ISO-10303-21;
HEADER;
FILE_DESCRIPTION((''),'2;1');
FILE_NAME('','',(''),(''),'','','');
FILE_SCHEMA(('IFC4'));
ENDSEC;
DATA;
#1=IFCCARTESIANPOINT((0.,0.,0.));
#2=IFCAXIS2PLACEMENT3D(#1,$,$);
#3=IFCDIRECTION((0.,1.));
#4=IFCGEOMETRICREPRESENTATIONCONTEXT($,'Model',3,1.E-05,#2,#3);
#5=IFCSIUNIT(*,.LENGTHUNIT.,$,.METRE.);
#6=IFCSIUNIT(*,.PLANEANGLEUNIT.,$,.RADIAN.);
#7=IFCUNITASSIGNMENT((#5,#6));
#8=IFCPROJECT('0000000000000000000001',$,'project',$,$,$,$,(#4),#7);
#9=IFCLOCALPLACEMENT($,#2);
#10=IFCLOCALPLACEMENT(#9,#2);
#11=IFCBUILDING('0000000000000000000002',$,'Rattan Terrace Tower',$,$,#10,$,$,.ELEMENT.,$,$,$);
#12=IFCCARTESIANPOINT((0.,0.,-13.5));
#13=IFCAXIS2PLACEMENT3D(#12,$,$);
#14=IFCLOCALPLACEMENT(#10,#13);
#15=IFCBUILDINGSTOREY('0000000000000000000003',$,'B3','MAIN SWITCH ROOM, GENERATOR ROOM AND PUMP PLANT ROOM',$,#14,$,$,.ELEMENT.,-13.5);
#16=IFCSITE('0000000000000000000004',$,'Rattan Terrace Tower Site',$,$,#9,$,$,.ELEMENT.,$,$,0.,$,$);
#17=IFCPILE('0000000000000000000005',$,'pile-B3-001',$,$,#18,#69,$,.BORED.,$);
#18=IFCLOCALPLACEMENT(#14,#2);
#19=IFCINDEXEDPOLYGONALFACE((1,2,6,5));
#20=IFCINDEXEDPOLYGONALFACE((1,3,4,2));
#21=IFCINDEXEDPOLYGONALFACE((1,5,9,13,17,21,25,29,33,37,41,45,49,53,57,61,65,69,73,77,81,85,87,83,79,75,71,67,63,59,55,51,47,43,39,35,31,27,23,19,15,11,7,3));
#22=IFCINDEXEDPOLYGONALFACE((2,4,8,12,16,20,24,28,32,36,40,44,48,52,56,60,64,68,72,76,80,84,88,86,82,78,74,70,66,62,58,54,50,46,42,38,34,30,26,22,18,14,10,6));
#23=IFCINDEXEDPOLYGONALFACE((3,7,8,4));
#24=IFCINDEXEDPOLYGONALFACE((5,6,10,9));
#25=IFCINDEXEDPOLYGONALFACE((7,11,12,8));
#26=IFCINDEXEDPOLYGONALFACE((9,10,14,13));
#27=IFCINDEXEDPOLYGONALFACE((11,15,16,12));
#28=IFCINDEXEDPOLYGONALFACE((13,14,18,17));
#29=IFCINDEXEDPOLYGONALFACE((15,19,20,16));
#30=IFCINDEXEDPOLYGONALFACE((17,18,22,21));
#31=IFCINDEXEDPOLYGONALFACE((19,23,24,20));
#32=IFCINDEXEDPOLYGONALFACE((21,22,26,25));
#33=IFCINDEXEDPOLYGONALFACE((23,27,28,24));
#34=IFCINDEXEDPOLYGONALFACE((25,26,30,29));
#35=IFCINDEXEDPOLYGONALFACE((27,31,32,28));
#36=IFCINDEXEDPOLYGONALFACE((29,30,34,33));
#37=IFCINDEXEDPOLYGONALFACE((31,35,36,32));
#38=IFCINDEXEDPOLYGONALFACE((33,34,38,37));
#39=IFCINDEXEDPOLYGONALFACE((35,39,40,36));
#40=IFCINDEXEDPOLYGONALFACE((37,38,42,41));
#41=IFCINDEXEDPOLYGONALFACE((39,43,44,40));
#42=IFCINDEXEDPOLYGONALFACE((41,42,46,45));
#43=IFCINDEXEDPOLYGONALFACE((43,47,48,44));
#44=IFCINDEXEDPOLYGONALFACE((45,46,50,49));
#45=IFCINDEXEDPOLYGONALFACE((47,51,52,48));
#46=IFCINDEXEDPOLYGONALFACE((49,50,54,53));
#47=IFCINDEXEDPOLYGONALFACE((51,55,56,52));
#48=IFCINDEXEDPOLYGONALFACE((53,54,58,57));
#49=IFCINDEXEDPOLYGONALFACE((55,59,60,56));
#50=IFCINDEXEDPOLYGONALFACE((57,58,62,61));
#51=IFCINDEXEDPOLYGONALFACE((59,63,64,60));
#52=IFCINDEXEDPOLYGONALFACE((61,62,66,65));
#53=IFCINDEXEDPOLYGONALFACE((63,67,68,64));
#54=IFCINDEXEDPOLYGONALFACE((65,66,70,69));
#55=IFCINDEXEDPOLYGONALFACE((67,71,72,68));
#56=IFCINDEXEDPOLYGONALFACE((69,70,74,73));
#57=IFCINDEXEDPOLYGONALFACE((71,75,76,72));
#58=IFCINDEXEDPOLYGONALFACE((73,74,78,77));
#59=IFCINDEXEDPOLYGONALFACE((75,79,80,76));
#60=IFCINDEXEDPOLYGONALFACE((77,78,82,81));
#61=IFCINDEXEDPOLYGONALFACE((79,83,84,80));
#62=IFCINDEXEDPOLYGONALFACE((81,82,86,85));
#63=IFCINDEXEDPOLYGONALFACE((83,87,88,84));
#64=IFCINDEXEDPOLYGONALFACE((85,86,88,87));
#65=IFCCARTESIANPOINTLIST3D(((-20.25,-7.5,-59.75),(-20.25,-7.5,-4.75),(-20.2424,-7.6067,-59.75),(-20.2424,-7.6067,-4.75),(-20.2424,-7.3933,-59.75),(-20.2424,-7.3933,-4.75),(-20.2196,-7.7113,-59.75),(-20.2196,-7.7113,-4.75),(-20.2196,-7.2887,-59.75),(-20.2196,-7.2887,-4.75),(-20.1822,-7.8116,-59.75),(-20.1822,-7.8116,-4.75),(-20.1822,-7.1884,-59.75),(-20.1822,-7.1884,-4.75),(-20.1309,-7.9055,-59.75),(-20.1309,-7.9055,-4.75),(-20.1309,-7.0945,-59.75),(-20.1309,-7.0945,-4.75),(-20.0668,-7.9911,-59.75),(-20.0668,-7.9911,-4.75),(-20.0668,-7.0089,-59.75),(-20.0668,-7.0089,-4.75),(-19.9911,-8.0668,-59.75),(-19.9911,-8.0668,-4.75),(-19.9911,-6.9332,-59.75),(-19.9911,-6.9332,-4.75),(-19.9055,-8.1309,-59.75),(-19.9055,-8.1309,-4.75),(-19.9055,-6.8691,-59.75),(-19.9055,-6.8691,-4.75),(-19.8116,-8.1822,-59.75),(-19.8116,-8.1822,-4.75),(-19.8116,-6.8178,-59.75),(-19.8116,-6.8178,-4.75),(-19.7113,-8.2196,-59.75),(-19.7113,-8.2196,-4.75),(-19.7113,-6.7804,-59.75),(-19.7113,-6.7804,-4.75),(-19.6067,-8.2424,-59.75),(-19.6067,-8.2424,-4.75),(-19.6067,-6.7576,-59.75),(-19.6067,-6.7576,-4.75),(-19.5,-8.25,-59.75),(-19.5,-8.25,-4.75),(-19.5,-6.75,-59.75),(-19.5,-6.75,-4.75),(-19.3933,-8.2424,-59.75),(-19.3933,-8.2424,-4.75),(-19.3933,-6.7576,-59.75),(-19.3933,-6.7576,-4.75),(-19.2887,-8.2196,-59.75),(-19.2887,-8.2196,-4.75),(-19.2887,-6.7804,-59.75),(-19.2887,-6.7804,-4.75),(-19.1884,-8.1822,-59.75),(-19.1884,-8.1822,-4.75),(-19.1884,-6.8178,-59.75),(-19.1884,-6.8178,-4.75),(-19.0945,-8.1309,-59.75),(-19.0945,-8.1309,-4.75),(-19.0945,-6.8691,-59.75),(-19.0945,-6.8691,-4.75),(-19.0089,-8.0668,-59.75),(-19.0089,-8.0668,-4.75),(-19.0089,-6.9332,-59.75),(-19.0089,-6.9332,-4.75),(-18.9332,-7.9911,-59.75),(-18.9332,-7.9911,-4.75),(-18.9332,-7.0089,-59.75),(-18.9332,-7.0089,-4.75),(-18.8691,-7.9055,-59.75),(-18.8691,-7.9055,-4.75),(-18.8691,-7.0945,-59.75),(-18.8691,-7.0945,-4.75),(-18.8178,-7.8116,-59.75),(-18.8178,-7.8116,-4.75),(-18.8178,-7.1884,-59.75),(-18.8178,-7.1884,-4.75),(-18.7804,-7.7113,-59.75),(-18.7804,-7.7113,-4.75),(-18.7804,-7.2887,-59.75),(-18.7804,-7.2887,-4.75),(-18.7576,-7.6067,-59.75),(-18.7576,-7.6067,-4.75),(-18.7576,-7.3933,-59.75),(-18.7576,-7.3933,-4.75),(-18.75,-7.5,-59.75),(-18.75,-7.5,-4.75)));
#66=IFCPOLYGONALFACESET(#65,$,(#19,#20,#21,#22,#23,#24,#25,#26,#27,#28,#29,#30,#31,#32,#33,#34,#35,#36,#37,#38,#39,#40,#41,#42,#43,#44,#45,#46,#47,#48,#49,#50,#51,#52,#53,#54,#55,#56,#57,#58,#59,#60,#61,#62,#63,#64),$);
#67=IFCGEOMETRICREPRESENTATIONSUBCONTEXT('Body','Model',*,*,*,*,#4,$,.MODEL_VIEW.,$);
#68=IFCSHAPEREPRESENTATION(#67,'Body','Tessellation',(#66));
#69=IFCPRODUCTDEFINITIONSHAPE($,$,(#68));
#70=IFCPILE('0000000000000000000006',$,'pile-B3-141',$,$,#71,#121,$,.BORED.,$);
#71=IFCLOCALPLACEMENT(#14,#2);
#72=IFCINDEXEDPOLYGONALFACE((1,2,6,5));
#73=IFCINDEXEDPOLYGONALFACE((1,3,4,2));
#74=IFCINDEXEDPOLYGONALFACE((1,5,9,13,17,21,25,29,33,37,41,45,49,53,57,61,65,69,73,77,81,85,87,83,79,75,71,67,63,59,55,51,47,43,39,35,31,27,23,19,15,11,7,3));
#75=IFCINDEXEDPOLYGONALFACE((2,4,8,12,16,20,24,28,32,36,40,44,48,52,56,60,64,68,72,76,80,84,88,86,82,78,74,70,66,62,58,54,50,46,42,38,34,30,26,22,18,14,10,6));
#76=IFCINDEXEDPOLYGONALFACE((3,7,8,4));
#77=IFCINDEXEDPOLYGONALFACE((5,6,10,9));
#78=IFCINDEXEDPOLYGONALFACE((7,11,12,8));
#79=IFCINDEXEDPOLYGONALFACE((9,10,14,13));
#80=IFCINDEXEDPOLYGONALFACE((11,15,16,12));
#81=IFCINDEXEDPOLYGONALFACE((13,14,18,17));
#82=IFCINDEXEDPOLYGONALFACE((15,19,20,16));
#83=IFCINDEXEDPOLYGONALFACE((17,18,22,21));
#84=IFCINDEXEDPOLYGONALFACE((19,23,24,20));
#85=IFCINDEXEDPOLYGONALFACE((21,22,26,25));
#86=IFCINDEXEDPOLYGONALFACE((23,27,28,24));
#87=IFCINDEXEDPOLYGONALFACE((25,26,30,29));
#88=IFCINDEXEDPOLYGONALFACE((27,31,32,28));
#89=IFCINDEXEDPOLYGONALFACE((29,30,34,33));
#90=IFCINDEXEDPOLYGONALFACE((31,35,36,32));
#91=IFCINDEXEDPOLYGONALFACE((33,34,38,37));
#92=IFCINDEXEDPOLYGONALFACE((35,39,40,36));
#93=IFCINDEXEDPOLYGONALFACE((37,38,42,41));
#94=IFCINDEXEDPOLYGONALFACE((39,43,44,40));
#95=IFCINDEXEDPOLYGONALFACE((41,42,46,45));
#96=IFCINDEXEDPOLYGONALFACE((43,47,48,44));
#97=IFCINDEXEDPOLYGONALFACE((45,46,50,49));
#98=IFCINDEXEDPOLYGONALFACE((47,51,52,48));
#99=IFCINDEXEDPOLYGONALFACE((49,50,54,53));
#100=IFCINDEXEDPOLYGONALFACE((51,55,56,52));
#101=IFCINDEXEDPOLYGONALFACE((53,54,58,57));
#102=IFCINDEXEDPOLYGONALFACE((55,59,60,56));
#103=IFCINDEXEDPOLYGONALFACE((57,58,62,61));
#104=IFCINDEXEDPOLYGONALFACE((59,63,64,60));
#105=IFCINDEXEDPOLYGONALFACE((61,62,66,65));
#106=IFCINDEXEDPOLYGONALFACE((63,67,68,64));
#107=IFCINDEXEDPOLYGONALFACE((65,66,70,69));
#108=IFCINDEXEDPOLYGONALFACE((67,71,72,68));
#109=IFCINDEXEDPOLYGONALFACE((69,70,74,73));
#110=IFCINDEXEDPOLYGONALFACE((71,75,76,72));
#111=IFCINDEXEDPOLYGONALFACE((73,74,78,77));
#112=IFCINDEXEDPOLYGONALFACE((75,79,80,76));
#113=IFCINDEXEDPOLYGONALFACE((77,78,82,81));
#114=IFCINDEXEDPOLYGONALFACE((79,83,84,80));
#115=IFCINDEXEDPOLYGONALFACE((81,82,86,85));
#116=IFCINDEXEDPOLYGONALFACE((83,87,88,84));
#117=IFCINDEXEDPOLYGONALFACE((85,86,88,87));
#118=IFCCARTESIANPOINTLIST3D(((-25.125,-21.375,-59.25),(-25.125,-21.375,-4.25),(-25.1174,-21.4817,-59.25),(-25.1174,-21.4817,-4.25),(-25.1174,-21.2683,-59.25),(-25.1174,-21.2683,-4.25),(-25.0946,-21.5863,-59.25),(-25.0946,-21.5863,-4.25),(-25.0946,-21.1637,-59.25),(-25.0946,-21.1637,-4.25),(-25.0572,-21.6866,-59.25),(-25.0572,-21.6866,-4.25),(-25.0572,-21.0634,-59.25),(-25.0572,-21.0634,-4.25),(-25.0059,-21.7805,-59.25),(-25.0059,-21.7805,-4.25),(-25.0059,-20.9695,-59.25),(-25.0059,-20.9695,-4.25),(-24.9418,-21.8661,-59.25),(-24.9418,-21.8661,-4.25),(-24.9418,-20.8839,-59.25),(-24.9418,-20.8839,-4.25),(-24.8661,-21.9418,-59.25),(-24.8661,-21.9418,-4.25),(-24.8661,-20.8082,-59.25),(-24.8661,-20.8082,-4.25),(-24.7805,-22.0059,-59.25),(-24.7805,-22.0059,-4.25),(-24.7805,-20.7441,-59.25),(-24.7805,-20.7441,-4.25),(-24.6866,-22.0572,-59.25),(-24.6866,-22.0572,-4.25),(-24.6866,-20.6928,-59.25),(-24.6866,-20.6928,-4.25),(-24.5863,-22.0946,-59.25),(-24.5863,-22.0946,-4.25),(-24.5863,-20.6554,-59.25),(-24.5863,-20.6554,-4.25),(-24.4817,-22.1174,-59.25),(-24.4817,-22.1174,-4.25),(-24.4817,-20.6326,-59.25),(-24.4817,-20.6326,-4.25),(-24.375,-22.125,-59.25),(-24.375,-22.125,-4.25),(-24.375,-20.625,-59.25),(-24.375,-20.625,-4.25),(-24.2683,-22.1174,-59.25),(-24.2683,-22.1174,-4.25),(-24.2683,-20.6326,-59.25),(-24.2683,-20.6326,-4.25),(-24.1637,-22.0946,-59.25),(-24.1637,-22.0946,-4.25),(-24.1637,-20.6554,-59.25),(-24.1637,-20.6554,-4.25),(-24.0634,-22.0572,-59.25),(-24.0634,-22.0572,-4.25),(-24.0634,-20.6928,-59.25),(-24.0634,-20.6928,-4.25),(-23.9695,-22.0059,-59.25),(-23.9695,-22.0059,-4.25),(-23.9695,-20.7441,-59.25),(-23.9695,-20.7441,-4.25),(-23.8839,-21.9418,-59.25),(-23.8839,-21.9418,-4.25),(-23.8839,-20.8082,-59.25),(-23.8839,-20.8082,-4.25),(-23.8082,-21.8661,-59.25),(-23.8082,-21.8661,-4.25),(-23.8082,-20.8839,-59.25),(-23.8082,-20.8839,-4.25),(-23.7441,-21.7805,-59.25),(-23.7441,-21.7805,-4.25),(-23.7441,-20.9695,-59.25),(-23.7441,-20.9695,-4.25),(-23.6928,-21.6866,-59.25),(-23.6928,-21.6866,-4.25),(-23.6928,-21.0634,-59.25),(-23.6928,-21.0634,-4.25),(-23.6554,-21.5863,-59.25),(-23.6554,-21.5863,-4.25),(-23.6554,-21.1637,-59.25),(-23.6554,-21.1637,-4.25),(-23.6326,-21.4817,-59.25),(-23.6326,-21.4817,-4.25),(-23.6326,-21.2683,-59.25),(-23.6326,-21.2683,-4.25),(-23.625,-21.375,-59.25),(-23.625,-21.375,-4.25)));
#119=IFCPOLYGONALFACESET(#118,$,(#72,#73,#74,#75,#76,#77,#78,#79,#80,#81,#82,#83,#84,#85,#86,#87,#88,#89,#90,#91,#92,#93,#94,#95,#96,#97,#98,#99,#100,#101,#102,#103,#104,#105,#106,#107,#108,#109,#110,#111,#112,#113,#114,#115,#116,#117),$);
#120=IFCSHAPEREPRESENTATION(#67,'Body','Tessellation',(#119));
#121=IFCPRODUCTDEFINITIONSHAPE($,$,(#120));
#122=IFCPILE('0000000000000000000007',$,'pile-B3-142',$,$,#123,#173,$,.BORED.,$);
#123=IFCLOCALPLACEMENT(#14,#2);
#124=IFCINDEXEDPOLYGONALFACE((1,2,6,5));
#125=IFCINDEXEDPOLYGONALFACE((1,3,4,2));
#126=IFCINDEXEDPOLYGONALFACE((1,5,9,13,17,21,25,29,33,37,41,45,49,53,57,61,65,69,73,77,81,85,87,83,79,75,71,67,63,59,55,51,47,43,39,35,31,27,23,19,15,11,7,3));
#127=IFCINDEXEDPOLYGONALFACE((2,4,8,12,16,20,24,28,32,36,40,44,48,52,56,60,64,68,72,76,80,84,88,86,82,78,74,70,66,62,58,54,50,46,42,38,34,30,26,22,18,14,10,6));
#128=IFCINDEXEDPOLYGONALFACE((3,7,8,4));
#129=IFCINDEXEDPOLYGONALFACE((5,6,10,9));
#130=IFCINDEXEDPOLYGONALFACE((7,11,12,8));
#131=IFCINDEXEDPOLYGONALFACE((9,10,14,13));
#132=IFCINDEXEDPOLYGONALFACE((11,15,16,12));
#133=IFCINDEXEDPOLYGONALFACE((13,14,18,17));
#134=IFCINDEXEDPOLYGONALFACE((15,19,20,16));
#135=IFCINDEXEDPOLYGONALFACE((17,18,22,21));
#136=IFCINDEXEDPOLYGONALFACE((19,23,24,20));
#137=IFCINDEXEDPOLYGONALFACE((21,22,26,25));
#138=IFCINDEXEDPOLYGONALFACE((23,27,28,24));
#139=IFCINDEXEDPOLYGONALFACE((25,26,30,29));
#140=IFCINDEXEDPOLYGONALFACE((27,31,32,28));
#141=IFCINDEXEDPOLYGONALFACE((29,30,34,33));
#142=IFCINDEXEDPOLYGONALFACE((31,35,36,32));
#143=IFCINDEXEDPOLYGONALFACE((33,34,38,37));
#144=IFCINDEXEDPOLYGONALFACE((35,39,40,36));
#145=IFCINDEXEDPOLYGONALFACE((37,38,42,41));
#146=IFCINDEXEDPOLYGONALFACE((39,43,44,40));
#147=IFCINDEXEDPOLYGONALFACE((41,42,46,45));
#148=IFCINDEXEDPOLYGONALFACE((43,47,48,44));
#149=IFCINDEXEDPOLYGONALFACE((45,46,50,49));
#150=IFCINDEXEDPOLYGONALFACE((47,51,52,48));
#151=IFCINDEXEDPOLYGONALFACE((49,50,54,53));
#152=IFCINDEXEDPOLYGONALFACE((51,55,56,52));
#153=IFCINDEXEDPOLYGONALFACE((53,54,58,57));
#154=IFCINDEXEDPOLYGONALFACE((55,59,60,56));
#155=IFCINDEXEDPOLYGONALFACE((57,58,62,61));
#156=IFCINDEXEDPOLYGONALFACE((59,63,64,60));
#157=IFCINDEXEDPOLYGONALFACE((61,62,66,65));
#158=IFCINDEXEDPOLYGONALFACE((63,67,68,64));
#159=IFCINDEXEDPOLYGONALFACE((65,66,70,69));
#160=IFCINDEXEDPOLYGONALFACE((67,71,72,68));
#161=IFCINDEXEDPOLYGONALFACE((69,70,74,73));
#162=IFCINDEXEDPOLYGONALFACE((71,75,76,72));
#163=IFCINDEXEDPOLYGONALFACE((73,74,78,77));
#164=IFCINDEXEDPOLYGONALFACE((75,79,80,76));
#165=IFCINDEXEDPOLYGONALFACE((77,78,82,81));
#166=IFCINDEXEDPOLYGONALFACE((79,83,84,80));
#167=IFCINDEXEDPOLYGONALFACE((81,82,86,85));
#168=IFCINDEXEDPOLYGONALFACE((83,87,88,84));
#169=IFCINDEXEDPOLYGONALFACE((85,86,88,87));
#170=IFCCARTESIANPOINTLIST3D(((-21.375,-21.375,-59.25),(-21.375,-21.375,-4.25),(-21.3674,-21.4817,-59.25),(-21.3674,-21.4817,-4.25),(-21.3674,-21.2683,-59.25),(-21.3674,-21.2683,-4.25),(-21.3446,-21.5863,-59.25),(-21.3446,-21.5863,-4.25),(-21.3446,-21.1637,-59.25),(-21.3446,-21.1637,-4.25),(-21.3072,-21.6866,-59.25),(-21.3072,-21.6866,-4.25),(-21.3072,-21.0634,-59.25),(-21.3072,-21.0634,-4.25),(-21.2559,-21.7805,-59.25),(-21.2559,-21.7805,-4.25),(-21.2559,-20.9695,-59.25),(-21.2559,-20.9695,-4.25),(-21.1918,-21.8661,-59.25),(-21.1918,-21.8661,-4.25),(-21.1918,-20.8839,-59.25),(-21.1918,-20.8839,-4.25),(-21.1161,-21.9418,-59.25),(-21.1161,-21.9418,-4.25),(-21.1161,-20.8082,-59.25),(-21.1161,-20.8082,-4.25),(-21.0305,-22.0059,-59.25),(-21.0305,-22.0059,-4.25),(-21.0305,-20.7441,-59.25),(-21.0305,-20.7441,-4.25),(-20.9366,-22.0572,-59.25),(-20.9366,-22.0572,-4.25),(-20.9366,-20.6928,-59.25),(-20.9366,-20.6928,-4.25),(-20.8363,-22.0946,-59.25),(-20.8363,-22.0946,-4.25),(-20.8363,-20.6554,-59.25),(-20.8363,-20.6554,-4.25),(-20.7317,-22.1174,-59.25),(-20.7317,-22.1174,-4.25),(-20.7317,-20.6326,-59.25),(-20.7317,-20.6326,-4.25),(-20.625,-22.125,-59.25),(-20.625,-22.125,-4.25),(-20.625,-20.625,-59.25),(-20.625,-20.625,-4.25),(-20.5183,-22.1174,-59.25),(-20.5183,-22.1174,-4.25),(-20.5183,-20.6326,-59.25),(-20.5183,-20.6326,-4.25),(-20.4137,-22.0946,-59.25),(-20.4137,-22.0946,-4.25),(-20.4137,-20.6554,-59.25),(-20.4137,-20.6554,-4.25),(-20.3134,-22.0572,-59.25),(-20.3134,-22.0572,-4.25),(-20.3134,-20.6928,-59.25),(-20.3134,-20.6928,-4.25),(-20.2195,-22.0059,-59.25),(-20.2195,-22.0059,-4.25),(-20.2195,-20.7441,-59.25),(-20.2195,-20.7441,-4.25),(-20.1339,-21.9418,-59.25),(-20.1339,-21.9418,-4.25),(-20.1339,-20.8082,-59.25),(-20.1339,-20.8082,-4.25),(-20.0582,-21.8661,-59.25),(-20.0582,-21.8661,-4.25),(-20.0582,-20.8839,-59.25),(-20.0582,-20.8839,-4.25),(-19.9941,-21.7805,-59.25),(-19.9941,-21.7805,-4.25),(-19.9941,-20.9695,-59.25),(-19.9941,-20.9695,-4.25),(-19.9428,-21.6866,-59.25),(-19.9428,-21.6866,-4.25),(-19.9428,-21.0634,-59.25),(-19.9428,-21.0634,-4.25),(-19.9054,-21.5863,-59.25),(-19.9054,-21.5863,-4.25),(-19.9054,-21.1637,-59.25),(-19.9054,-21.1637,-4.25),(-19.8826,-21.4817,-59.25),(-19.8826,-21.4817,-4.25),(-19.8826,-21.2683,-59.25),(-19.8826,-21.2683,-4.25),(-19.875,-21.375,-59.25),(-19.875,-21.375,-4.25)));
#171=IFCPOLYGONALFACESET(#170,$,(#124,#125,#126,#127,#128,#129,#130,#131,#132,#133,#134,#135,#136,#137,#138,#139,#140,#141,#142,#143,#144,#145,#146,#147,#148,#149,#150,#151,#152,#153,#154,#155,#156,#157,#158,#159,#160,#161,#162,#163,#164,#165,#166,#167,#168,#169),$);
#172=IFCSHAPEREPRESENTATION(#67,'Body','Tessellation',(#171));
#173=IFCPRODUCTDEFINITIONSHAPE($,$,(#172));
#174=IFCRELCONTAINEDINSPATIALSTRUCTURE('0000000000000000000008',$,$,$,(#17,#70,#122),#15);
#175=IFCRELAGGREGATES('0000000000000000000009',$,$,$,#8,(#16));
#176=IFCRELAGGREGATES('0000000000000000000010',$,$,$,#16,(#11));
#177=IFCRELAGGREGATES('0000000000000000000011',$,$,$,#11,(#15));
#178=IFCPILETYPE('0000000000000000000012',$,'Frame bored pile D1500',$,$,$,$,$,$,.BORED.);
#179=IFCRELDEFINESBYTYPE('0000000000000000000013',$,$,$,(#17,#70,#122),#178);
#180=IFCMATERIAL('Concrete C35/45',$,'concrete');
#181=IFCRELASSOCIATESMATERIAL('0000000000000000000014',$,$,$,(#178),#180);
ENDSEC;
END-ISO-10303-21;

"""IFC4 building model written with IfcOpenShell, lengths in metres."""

from ifc_helpers import new_model, si_unit, direction, frame, origin, origin_2d, place, context, subcontext, project, spatial, circle, extrude, material, material_profile, profile_set, type_object, element, save


model = new_model("IFC4")

# Units and contexts
model_context = context("Model", 3, precision=1e-05, world=origin(), true_north=direction((0.0, 1.0)))
body_context = subcontext(model_context, "Body", "Model", "MODEL_VIEW")
ifc_project = project(units=[si_unit("LENGTHUNIT", "METRE"), si_unit("PLANEANGLEUNIT", "RADIAN")], contexts=[model_context])

# Site, building, storey
site_placement = place(None, origin())
site = spatial("IfcSite", under=ifc_project, at=site_placement, Name="Rattan Terrace Tower Site", CompositionType="ELEMENT", RefElevation=0.0)
building_placement = place(site_placement, origin())
building = spatial("IfcBuilding", under=site, at=building_placement, Name="Rattan Terrace Tower", CompositionType="ELEMENT")
storey_placement = place(building_placement, frame((0.0, 0.0, -13.5)))
storey = spatial("IfcBuildingStorey", under=building, at=storey_placement, Name="B3", Description="MAIN SWITCH ROOM, GENERATOR ROOM AND PUMP PLANT ROOM", CompositionType="ELEMENT", Elevation=-13.5)

# Piles
ifc_material_1 = material(Name="Concrete C35/45", Category="concrete")
ifc_material_profile_1 = material_profile(ifc_material_1, circle(Radius=0.75, at=origin_2d()), Name="PILE D1500")
ifc_profile_set_1 = profile_set([ifc_material_profile_1], Name="Concrete C35/45")
pile_type = type_object("IfcPileType", Name="Frame bored pile D1500", PredefinedType="BORED", material=ifc_profile_set_1)
for number, where, z_axis, x_axis, name in (
    (1, (-19.5, -7.5, -4.75), (0.0, 0.0, -1.0), (1.0, 0.0, 0.0), "pile-B3-001"),
    (2, (-24.375, -21.375, -4.25), (0.0, 0.0, -1.0), (1.0, 0.0, 0.0), "pile-B3-141"),
    (3, (-20.625, -21.375, -4.25), (0.0, 0.0, -1.0), (1.0, 0.0, 0.0), "pile-B3-142"),
):
    element("IfcPile", number, at=place(storey_placement, frame(where, z_axis=z_axis, x_axis=x_axis)), inside=storey, type_object=pile_type, Name=name, PredefinedType="BORED", context=body_context, shape_type="SweptSolid", body=[
        extrude(circle(Radius=0.75, at=origin_2d()), origin(), (0.0, 0.0, 1.0), 55.0),
    ])

save(model, "model.ifc")
